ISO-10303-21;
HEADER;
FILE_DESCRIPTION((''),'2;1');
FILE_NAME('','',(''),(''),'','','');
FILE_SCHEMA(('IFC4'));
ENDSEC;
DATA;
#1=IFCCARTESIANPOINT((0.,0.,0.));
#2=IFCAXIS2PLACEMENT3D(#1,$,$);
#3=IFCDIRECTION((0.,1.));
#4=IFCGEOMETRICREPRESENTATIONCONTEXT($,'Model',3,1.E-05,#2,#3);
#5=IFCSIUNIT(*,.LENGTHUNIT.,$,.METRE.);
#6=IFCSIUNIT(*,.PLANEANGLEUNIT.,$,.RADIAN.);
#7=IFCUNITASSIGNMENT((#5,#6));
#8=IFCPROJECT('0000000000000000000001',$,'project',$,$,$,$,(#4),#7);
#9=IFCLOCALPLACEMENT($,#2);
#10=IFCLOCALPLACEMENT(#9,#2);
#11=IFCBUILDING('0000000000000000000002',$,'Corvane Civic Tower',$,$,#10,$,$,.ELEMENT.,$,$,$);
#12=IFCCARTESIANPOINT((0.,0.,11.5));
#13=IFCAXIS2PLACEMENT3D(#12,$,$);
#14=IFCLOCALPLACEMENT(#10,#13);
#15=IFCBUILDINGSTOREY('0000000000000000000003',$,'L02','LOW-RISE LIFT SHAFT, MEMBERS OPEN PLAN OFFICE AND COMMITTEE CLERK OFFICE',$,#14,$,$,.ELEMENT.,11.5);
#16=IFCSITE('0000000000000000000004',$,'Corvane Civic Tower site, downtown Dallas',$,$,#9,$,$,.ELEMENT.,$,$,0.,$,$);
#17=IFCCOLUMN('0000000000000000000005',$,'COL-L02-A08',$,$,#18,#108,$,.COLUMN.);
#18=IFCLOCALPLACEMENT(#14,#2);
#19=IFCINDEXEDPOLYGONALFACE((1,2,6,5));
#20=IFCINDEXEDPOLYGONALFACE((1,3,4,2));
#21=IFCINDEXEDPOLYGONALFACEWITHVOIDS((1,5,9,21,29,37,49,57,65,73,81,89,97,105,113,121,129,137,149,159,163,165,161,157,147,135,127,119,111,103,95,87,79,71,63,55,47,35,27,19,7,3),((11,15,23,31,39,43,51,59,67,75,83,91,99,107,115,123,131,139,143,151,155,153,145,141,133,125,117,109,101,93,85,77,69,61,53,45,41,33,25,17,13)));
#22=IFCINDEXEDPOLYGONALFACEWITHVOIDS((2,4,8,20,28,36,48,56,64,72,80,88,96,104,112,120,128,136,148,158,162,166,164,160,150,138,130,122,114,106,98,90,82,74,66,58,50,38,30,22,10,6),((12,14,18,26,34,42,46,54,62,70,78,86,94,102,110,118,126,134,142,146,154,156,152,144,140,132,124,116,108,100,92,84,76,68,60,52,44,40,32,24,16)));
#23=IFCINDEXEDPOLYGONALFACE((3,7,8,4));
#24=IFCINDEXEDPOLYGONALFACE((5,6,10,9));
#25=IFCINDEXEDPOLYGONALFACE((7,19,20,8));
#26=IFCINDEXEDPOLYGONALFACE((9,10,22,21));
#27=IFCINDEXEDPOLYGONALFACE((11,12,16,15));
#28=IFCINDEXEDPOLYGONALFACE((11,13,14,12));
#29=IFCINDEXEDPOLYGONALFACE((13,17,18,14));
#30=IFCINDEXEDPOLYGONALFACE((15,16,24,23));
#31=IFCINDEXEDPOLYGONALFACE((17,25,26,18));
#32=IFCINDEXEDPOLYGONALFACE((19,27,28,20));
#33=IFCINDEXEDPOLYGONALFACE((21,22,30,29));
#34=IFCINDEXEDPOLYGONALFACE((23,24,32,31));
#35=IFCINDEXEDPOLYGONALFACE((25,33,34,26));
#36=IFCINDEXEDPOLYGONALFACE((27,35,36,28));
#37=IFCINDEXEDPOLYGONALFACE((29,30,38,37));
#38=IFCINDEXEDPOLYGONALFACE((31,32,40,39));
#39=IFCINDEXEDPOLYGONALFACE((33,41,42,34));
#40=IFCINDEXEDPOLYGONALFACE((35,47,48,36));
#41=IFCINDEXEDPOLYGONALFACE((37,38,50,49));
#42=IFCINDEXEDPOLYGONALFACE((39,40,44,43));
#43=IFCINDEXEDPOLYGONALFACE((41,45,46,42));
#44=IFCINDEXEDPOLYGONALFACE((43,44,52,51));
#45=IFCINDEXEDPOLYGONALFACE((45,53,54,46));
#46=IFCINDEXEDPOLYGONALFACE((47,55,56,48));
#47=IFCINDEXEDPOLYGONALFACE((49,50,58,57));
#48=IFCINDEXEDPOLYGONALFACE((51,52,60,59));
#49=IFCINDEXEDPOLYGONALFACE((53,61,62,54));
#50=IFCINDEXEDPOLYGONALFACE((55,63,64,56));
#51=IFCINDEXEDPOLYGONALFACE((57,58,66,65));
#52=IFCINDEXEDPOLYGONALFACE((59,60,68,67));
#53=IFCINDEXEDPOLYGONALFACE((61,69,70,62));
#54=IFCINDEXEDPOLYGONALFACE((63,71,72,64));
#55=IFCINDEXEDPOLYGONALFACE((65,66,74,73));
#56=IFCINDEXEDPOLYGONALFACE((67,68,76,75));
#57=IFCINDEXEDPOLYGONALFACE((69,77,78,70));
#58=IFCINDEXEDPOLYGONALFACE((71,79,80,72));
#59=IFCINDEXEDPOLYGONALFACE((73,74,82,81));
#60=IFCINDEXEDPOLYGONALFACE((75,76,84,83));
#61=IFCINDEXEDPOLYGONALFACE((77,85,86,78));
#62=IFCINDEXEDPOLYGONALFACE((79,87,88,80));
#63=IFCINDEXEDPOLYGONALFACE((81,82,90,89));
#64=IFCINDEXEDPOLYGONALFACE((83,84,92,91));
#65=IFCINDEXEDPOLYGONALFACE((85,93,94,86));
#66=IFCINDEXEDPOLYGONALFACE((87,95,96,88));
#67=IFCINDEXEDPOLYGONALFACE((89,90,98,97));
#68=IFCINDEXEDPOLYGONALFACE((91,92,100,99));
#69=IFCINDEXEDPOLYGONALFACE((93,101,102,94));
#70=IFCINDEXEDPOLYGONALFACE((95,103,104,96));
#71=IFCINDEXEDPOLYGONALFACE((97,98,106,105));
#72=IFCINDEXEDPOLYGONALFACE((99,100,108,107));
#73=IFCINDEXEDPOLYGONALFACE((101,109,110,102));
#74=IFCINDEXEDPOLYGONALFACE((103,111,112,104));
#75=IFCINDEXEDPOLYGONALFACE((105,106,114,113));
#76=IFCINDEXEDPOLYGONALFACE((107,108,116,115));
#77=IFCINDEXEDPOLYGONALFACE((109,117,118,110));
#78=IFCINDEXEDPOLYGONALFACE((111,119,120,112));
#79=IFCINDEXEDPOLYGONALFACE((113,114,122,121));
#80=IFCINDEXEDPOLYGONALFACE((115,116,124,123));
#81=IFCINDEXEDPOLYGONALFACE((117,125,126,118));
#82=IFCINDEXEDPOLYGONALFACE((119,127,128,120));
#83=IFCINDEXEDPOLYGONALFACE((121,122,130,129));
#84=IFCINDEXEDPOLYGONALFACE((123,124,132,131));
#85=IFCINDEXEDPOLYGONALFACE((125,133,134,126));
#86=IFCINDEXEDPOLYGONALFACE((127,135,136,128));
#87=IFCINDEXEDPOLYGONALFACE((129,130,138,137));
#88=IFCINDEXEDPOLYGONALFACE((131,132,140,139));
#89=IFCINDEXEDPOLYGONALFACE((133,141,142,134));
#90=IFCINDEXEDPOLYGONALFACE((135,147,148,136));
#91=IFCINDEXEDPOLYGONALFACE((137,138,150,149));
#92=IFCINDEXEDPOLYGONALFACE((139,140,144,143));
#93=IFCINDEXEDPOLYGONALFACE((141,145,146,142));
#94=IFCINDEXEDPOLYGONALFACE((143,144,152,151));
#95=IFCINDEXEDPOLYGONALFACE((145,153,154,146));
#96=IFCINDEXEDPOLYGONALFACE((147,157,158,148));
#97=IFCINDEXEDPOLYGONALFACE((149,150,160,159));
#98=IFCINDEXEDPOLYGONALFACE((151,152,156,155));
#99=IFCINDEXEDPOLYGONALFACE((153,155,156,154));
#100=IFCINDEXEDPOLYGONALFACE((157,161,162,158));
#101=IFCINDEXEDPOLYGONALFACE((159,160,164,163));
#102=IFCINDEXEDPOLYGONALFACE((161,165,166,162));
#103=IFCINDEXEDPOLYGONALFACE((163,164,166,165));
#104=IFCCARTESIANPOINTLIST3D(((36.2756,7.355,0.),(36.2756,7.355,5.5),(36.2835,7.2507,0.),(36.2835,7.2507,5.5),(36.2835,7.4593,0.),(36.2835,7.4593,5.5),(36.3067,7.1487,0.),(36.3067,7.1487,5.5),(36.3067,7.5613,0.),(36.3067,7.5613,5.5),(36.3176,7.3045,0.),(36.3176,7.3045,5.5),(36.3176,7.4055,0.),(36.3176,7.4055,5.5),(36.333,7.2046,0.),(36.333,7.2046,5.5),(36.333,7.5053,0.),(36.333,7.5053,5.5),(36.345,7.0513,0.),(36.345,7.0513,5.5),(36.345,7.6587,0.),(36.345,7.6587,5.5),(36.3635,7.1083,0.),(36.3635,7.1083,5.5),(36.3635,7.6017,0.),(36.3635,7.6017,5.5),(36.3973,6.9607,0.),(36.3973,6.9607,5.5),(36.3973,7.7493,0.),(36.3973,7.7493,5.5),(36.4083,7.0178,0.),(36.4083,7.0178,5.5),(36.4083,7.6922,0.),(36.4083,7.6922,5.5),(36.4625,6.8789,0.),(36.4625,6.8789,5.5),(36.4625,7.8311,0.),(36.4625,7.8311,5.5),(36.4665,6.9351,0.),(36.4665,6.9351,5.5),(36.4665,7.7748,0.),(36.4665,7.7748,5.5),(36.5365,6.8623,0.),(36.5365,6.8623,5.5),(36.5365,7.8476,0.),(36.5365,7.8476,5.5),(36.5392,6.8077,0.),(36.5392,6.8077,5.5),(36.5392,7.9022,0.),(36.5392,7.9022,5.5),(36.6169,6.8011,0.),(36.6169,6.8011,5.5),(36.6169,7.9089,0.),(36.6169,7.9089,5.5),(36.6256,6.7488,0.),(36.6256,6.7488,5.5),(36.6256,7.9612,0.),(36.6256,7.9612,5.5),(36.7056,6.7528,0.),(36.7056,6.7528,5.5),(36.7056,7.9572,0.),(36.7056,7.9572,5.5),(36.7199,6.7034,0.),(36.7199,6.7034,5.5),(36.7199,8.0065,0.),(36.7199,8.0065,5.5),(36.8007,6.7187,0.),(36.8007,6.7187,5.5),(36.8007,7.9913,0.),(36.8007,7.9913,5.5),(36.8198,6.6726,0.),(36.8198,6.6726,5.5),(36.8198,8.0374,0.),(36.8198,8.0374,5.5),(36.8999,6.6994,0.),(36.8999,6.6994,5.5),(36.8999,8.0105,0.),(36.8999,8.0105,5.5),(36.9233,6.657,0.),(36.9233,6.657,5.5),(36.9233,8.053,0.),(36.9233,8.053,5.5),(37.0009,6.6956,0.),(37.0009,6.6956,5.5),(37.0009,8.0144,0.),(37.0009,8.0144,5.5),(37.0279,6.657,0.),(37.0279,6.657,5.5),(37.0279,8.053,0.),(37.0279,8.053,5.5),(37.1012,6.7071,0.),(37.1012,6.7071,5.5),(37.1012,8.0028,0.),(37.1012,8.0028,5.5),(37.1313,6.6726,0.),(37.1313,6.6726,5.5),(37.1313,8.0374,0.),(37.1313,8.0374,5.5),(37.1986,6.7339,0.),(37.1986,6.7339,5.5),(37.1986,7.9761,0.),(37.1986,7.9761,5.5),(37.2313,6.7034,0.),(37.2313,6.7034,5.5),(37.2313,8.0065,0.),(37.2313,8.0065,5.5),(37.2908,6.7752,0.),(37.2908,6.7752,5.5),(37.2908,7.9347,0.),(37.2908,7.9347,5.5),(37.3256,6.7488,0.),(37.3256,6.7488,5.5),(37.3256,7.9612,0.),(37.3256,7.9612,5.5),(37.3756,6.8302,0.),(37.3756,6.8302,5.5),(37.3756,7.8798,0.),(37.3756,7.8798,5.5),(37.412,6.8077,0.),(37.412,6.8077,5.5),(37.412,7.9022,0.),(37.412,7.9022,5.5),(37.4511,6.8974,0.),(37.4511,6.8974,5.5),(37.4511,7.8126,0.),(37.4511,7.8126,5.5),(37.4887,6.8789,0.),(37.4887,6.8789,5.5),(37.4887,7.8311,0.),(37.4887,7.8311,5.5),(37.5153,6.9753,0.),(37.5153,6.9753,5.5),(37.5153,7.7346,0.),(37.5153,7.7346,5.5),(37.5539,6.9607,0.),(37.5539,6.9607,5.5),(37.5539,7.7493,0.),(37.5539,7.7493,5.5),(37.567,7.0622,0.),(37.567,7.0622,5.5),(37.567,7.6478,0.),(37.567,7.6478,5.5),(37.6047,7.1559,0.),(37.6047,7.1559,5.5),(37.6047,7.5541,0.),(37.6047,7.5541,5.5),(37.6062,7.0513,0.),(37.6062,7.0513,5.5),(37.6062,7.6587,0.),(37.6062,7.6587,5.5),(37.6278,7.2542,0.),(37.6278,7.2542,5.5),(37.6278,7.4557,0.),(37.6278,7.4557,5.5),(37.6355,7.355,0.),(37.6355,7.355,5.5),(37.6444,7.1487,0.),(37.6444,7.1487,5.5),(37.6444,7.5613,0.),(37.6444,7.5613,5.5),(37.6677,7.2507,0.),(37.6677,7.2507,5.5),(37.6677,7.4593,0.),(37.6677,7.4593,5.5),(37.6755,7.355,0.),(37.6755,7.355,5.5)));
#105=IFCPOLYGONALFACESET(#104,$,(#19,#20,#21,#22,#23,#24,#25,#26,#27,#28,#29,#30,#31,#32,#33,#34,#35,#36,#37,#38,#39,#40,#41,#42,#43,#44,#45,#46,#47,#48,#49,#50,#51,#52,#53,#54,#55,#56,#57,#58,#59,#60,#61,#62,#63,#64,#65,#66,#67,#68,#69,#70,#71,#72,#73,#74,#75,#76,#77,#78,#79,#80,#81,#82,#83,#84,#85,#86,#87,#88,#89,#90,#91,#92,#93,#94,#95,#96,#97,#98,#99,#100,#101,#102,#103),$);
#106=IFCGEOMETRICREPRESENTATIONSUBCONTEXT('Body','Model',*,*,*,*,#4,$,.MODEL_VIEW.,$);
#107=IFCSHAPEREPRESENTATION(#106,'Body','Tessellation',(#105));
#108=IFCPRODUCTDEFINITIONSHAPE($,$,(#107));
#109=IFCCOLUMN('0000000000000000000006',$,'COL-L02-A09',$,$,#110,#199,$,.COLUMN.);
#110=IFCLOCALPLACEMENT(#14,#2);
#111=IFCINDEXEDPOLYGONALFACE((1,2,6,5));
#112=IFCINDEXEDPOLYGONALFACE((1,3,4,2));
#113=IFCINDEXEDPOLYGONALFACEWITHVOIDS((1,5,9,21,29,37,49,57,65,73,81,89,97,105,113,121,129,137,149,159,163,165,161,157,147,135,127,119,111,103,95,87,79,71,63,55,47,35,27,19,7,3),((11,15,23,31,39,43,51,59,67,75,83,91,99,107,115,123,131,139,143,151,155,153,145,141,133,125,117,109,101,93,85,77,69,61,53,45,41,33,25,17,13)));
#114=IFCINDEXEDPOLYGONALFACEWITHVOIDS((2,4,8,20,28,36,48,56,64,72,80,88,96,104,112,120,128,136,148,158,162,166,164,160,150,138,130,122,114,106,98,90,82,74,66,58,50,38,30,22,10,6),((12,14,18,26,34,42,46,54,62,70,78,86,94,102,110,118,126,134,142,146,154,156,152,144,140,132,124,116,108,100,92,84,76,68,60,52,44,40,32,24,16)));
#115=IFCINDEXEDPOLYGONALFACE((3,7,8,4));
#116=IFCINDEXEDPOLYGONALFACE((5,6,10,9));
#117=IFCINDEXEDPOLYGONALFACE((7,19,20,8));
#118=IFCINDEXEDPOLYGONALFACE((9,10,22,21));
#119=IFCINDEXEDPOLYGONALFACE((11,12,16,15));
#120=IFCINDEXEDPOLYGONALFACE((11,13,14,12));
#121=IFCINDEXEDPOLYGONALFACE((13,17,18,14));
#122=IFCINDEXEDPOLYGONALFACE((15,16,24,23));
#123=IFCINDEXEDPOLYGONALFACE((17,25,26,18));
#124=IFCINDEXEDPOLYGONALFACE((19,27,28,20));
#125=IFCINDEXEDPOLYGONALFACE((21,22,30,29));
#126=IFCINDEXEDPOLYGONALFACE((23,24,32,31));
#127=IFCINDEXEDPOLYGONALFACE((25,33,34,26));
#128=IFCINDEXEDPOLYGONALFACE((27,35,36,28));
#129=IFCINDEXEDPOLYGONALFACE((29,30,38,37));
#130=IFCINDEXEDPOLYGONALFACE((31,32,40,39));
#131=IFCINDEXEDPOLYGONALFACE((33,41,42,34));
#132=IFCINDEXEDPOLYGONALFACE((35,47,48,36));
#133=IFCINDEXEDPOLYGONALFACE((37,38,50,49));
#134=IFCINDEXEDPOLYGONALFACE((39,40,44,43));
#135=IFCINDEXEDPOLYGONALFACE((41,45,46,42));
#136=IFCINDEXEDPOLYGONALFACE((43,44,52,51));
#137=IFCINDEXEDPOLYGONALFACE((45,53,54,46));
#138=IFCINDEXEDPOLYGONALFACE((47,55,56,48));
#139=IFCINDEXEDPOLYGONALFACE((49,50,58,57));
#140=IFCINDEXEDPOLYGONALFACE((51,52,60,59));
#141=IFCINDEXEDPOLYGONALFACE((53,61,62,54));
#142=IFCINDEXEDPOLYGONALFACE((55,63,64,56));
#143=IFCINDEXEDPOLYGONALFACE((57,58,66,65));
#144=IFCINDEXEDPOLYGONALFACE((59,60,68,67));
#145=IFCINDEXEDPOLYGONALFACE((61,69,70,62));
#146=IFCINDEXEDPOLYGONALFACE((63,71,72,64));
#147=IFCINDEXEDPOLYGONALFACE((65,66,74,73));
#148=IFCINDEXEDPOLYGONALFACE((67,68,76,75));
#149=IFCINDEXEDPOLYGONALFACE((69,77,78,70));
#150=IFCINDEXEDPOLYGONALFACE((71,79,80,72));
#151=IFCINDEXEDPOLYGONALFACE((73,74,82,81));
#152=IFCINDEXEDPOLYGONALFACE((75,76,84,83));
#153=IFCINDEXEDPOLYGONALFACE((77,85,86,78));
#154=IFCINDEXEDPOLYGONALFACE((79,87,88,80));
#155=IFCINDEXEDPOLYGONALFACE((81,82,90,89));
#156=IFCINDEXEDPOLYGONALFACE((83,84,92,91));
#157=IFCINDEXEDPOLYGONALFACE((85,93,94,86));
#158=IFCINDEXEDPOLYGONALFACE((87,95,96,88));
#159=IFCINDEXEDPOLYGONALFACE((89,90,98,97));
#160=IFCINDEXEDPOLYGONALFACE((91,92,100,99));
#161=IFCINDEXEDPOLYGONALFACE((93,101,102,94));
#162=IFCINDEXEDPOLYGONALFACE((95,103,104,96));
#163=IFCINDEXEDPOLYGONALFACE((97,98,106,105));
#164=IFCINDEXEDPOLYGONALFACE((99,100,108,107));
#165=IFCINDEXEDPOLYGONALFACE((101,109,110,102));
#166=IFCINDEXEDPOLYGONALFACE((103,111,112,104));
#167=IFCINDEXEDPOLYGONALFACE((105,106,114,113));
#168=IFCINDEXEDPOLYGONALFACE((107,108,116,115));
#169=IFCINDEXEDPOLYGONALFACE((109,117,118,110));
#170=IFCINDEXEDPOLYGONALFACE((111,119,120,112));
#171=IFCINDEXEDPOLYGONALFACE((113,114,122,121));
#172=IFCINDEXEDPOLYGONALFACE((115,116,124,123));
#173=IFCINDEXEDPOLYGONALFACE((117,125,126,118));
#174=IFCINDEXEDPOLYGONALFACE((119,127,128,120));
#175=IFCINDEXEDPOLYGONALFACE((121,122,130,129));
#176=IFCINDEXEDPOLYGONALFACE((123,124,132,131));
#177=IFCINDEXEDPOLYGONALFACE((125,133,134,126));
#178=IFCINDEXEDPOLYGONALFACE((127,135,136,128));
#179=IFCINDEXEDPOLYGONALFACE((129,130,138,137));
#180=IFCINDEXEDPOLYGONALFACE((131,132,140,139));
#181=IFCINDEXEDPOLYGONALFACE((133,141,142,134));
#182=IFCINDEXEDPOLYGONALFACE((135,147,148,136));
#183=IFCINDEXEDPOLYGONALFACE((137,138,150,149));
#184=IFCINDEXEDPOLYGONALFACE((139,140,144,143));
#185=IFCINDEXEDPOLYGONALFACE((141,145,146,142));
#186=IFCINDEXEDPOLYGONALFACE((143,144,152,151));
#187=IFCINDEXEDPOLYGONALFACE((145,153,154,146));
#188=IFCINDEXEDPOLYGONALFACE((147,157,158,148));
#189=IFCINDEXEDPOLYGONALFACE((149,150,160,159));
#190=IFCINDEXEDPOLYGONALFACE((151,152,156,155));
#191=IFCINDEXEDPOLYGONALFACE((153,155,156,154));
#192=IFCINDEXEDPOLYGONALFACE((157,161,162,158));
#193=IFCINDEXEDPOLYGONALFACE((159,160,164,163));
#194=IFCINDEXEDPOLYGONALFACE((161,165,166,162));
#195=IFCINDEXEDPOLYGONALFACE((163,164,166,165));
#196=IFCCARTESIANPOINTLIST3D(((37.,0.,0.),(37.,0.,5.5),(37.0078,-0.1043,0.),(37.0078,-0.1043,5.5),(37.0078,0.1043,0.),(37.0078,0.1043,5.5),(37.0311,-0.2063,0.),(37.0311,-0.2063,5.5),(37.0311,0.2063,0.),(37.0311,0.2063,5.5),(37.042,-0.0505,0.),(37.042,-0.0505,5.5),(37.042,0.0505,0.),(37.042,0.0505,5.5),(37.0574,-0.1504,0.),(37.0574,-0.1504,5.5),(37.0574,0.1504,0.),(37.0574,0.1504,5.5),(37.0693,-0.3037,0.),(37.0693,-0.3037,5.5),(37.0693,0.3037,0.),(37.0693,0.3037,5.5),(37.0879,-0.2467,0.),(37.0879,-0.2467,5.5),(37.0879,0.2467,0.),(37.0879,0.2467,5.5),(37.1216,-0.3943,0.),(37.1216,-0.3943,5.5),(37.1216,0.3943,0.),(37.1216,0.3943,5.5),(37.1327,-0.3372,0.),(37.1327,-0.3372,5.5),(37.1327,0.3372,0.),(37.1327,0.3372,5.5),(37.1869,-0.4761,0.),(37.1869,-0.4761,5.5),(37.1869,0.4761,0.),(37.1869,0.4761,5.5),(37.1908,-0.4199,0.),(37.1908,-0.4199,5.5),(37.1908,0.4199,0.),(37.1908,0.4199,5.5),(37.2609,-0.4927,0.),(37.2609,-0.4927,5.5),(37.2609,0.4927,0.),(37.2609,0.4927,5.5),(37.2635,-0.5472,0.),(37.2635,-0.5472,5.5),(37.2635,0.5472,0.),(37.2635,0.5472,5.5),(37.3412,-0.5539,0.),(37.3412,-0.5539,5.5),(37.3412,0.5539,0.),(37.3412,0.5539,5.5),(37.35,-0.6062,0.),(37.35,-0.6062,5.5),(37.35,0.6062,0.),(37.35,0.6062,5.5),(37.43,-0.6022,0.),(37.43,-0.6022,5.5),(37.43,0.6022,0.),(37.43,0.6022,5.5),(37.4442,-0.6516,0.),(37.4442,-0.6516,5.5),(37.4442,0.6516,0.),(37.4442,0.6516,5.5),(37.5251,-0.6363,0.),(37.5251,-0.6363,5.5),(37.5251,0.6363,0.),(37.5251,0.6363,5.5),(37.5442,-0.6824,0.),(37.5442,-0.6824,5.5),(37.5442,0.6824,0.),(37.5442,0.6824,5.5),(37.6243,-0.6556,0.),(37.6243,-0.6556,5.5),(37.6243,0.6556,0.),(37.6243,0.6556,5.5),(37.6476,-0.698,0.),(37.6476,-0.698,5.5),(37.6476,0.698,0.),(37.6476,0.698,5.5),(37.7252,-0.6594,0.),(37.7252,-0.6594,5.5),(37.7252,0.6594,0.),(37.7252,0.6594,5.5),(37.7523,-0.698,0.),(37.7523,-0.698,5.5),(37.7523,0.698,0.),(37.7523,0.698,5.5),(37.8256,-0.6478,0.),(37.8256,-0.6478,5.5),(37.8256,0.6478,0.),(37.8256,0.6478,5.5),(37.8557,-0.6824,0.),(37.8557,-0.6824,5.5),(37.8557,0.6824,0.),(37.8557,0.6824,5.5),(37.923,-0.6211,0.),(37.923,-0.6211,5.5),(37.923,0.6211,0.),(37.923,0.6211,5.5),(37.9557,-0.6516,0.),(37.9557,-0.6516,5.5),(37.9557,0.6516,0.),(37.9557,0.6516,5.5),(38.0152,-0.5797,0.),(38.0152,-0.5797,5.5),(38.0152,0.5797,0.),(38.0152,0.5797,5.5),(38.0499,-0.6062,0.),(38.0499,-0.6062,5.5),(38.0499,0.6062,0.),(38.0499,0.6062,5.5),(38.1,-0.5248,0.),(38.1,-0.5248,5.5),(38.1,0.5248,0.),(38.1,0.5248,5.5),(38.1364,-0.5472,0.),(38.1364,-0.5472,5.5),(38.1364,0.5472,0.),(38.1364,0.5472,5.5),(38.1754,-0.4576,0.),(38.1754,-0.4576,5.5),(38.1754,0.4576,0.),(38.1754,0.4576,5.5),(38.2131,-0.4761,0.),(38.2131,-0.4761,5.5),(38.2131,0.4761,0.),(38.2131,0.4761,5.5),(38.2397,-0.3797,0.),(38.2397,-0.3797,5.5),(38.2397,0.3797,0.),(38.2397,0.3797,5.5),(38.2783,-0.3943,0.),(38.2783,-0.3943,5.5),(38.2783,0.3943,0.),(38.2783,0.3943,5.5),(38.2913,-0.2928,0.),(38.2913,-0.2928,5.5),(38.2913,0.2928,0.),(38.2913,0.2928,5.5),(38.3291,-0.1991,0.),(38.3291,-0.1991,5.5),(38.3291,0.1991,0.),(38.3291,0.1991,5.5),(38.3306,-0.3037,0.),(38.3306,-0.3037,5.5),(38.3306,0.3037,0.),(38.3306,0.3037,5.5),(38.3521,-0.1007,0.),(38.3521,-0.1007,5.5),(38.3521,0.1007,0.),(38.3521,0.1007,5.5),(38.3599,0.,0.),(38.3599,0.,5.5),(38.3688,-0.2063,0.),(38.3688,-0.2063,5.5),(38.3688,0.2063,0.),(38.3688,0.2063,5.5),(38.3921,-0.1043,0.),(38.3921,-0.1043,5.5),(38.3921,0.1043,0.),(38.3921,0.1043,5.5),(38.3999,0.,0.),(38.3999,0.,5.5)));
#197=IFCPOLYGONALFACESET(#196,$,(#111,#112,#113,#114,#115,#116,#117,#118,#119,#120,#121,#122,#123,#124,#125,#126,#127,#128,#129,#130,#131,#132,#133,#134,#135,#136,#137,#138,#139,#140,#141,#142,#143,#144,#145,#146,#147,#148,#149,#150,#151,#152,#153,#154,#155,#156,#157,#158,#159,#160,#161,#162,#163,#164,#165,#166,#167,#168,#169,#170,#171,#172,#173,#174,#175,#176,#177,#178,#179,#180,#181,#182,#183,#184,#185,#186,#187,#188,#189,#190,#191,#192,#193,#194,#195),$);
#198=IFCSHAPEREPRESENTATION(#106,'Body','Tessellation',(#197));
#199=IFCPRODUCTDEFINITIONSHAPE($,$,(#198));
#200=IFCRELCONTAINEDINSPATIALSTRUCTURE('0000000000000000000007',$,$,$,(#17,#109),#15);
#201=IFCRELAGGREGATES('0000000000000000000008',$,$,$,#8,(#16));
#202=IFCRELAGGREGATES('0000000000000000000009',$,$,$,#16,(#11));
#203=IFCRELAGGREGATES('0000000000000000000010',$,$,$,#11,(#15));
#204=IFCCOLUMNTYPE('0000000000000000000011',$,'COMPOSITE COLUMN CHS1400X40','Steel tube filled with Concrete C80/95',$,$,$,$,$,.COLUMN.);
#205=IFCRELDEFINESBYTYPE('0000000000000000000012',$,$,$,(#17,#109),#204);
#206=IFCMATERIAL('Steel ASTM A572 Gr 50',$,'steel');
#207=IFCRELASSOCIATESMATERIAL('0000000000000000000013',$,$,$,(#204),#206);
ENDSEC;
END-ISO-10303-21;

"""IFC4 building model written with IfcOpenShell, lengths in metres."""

from ifc_helpers import new_model, si_unit, direction, frame, origin, origin_2d, place, context, subcontext, project, spatial, hollow_circle, extrude, material, material_profile, profile_set, type_object, element, save


model = new_model("IFC4")

# Units and contexts
model_context = context("Model", 3, precision=1e-05, world=origin(), true_north=direction((0.0, 1.0)))
body_context = subcontext(model_context, "Body", "Model", "MODEL_VIEW")
ifc_project = project(units=[si_unit("LENGTHUNIT", "METRE"), si_unit("PLANEANGLEUNIT", "RADIAN")], contexts=[model_context])

# Site, building, storey
site_placement = place(None, origin())
site = spatial("IfcSite", under=ifc_project, at=site_placement, Name="Corvane Civic Tower site, downtown Dallas", CompositionType="ELEMENT", RefElevation=0.0)
building_placement = place(site_placement, origin())
building = spatial("IfcBuilding", under=site, at=building_placement, Name="Corvane Civic Tower", CompositionType="ELEMENT")
storey_placement = place(building_placement, frame((0.0, 0.0, 11.5)))
storey = spatial("IfcBuildingStorey", under=building, at=storey_placement, Name="L02", Description="LOW-RISE LIFT SHAFT, MEMBERS OPEN PLAN OFFICE AND COMMITTEE CLERK OFFICE", CompositionType="ELEMENT", Elevation=11.5)

# Columns
ifc_material_1 = material(Name="Steel ASTM A572 Gr 50", Category="steel")
ifc_material_profile_1 = material_profile(ifc_material_1, hollow_circle(Radius=0.7, WallThickness=0.04, at=origin_2d()), Name="CHS1400X40")
ifc_profile_set_1 = profile_set([ifc_material_profile_1], Name="Steel ASTM A572 Gr 50")
column_type_1 = type_object("IfcColumnType", Name="COMPOSITE COLUMN CHS1400X40", Description="Steel tube filled with Concrete C80/95", PredefinedType="COLUMN", material=ifc_profile_set_1)
for number, where, z_axis, x_axis, name in (
    (1, (36.9756, 7.355, 0.0), (0.0, 0.0, 1.0), (1.0, 0.0, 0.0), "COL-L02-A08"),
    (2, (37.7, 0.0, 0.0), (0.0, 0.0, 1.0), (1.0, 0.0, 0.0), "COL-L02-A09"),
):
    element("IfcColumn", number, at=place(storey_placement, frame(where, z_axis=z_axis, x_axis=x_axis)), inside=storey, type_object=column_type_1, Name=name, PredefinedType="COLUMN", context=body_context, shape_type="SweptSolid", body=[
        extrude(hollow_circle(Radius=0.7, WallThickness=0.04, at=origin_2d()), origin(), (0.0, 0.0, 1.0), 5.5),
    ])

save(model, "model.ifc")
